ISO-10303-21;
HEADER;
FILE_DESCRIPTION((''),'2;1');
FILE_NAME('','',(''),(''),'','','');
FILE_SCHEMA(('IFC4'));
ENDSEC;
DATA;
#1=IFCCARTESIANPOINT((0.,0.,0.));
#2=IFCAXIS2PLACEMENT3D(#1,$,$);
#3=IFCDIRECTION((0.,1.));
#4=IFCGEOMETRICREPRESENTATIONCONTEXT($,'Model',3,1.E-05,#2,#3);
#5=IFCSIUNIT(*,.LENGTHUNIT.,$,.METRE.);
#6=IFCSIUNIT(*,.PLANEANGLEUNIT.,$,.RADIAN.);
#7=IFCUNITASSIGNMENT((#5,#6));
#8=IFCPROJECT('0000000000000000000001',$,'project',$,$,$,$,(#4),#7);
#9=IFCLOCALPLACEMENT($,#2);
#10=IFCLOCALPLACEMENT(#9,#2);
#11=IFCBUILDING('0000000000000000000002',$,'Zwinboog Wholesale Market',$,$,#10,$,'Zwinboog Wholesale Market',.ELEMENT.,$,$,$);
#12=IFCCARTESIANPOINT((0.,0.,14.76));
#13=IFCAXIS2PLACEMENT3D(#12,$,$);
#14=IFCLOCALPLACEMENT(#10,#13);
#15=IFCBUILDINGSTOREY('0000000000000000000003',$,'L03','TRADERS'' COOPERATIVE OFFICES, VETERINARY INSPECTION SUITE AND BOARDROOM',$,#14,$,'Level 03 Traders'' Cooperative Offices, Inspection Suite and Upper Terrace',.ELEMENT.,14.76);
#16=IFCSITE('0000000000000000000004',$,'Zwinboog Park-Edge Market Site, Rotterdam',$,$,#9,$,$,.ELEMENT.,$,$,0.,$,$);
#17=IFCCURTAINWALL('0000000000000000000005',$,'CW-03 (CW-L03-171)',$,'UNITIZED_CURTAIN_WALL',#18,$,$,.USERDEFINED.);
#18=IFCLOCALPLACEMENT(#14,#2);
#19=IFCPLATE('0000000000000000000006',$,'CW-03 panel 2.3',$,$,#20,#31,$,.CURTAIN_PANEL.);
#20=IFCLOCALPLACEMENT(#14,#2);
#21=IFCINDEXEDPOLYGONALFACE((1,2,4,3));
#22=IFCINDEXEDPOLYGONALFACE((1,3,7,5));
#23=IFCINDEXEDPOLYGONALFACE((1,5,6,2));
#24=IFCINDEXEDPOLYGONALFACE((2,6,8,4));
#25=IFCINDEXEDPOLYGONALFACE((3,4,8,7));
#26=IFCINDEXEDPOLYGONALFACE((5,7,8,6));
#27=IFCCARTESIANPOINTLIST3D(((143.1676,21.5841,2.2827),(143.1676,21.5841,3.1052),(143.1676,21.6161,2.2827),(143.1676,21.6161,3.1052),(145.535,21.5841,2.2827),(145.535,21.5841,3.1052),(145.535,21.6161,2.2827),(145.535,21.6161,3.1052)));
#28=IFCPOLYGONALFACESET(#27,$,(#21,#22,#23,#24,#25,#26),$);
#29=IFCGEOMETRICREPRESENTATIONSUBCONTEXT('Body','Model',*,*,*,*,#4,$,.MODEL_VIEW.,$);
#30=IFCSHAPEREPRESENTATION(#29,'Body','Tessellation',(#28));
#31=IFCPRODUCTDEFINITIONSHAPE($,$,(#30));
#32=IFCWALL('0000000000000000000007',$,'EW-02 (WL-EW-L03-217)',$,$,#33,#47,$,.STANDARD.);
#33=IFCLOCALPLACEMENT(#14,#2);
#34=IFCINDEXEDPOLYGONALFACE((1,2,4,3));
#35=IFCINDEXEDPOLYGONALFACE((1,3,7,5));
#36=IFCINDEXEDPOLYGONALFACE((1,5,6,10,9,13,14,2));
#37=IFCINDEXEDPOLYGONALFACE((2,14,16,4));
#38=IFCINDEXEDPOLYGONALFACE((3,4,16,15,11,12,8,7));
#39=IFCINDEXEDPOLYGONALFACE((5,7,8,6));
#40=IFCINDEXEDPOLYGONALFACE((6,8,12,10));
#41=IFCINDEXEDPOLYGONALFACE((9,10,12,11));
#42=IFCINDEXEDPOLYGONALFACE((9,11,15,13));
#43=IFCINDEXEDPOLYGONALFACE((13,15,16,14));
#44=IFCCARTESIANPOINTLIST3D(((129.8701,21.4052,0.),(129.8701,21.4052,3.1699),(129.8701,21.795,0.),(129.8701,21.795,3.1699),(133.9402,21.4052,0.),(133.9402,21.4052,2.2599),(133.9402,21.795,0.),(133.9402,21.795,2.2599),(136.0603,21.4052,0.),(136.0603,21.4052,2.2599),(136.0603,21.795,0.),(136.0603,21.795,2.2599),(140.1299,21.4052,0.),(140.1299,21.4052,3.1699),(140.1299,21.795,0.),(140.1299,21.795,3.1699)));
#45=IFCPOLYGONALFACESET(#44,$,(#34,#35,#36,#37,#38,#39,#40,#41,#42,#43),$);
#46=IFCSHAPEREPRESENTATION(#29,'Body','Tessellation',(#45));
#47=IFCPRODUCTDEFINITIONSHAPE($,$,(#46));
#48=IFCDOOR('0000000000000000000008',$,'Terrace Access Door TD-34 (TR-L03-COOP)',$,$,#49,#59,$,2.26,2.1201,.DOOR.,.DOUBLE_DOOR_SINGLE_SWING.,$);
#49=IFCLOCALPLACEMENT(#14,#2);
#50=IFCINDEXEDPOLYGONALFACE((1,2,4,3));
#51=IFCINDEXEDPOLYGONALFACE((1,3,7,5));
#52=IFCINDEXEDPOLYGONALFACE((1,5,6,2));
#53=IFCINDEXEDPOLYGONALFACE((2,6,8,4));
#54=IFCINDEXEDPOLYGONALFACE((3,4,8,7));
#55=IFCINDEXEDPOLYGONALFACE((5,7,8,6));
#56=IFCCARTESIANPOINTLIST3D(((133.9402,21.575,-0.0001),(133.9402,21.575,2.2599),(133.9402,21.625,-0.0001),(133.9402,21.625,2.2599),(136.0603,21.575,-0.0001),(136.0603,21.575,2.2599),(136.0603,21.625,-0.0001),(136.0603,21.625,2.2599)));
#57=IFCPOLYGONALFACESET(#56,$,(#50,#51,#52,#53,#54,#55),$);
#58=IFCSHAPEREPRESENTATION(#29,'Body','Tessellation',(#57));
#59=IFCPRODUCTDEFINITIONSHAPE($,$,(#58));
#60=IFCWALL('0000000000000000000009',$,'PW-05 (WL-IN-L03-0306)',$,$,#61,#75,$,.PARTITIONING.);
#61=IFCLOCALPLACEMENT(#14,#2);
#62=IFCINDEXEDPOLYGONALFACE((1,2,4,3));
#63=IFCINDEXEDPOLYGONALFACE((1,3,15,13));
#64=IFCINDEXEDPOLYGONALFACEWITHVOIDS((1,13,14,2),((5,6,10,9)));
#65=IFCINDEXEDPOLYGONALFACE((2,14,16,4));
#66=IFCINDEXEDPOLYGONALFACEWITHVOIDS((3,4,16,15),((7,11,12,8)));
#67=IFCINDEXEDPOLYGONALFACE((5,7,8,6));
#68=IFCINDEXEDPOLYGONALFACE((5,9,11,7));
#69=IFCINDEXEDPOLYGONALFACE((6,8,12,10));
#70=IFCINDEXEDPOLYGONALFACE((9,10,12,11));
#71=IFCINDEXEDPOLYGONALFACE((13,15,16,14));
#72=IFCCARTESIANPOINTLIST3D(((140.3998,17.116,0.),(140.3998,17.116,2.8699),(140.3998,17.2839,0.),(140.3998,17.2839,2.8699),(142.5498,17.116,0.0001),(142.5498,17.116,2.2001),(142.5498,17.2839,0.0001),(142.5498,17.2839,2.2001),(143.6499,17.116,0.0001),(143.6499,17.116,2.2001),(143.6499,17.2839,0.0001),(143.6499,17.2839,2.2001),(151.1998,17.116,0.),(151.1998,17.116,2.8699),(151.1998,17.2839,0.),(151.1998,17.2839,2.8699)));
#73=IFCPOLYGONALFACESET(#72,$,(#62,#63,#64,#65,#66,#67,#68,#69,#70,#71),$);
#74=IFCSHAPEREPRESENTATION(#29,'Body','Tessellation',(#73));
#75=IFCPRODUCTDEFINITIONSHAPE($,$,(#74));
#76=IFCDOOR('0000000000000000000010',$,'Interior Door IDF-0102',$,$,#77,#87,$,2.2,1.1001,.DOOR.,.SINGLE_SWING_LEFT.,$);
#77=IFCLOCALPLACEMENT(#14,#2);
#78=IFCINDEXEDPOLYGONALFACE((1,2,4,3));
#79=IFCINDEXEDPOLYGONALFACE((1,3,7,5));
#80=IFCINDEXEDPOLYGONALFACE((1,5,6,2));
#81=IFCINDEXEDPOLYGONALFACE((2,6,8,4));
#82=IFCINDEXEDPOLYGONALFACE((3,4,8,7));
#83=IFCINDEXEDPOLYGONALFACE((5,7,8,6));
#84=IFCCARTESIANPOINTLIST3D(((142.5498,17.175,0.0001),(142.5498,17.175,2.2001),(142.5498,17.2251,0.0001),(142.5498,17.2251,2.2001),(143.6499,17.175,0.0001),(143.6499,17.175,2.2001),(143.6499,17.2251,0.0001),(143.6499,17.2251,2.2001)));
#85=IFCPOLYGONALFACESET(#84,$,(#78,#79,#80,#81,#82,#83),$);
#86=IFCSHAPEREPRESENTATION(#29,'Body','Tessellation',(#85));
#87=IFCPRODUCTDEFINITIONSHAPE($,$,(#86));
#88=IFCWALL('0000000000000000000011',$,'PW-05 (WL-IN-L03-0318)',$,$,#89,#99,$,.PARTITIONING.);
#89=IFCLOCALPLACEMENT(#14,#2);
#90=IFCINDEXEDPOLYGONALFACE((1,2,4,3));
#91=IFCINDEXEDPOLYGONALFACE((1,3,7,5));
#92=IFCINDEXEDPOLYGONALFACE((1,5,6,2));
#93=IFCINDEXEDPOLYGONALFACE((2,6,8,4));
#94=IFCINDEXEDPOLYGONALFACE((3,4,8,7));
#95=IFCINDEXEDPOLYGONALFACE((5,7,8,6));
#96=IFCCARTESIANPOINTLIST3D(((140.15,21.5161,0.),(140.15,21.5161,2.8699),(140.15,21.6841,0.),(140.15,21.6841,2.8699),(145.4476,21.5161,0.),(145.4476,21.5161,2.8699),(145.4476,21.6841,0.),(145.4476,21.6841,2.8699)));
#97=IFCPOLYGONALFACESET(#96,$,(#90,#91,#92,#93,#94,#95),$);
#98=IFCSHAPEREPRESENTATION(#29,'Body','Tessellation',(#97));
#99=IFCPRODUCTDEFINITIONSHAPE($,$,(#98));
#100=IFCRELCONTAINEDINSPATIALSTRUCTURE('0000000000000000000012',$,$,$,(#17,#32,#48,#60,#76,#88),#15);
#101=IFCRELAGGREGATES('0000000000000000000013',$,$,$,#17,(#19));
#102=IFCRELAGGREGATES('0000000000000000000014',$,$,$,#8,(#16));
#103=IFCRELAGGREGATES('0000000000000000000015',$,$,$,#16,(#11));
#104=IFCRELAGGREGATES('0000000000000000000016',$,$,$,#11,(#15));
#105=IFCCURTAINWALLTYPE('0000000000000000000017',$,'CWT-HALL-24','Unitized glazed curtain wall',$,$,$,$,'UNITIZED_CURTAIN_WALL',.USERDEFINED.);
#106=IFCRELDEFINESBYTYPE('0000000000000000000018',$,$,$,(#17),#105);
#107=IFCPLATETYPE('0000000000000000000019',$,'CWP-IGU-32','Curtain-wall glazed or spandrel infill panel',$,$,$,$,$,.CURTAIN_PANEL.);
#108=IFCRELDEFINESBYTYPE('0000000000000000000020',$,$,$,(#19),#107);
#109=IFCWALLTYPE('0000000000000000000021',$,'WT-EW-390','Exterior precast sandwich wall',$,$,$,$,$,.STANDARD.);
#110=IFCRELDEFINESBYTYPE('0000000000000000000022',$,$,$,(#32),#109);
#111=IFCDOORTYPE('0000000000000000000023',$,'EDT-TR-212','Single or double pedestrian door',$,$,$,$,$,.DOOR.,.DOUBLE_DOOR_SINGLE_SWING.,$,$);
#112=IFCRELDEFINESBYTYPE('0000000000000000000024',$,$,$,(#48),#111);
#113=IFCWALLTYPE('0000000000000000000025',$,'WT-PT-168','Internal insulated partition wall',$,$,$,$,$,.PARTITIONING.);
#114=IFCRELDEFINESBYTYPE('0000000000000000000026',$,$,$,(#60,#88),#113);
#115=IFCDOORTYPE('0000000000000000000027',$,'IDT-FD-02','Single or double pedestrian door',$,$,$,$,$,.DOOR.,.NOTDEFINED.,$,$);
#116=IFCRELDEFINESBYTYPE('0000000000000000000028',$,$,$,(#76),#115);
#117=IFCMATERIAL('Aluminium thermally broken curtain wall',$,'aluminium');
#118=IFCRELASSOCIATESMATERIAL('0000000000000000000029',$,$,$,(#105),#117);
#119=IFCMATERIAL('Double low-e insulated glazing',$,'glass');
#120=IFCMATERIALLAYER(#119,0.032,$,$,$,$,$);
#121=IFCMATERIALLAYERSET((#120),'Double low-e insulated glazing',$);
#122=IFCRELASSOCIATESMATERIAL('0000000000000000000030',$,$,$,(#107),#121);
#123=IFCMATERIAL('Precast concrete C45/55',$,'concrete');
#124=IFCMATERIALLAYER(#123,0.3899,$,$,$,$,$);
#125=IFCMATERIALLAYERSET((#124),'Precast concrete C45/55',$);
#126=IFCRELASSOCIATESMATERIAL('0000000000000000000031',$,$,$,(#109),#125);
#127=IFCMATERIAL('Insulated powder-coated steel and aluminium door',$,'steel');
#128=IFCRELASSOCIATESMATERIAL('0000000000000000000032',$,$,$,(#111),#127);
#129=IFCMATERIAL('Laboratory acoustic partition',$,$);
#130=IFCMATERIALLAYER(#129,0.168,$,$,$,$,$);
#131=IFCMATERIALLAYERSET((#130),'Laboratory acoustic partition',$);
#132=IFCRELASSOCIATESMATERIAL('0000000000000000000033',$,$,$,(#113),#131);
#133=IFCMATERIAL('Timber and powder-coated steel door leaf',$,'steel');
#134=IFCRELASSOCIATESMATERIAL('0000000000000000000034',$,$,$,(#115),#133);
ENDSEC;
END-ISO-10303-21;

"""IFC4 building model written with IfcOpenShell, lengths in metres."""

from ifc_helpers import new_model, si_unit, direction, frame, frame_2d, origin, origin_2d, place, context, subcontext, project, spatial, rectangle, extrude, material, layer, layer_set, type_object, element, fill, aggregate, save


model = new_model("IFC4")

# Units and contexts
model_context = context("Model", 3, precision=1e-05, world=origin(), true_north=direction((0.0, 1.0)))
body_context = subcontext(model_context, "Body", "Model", "MODEL_VIEW")
ifc_project = project(units=[si_unit("LENGTHUNIT", "METRE"), si_unit("PLANEANGLEUNIT", "RADIAN")], contexts=[model_context])

# Site, building, storey
site_placement = place(None, origin())
site = spatial("IfcSite", under=ifc_project, at=site_placement, Name="Zwinboog Park-Edge Market Site, Rotterdam", CompositionType="ELEMENT", RefElevation=0.0)
building_placement = place(site_placement, origin())
building = spatial("IfcBuilding", under=site, at=building_placement, Name="Zwinboog Wholesale Market", LongName="Zwinboog Wholesale Market", CompositionType="ELEMENT")
storey_placement = place(building_placement, frame((0.0, 0.0, 14.76)))
storey = spatial("IfcBuildingStorey", under=building, at=storey_placement, Name="L03", Description="TRADERS' COOPERATIVE OFFICES, VETERINARY INSPECTION SUITE AND BOARDROOM", LongName="Level 03 Traders' Cooperative Offices, Inspection Suite and Upper Terrace", CompositionType="ELEMENT", Elevation=14.76)

# Shared definitions
ifc_material_1 = material(Name="Precast concrete C45/55", Category="concrete")

# Curtain wall, plate
ifc_material_2 = material(Name="Aluminium thermally broken curtain wall", Category="aluminium")
curtain_wall_type = type_object("IfcCurtainWallType", Name="CWT-HALL-24", Description="Unitized glazed curtain wall", ElementType="UNITIZED_CURTAIN_WALL", PredefinedType="USERDEFINED", material=ifc_material_2)
curtain_wall_placement = place(storey_placement, origin())
curtain_wall = element("IfcCurtainWall", 1, at=curtain_wall_placement, inside=storey, type_object=curtain_wall_type, Name="CW-03 (CW-L03-171)", ObjectType="UNITIZED_CURTAIN_WALL", PredefinedType="USERDEFINED")
ifc_material_3 = material(Name="Double low-e insulated glazing", Category="glass")
ifc_layer_1 = layer(ifc_material_3, 0.032)
ifc_layer_set_1 = layer_set([ifc_layer_1], Name="Double low-e insulated glazing")
plate_type = type_object("IfcPlateType", Name="CWP-IGU-32", Description="Curtain-wall glazed or spandrel infill panel", PredefinedType="CURTAIN_PANEL", material=ifc_layer_set_1)
plate_1_placement = place(storey_placement, frame((144.3513, 21.6001, 2.2827), z_axis=(0.0, 0.0, 1.0), x_axis=(1.0, 0.0, 0.0)))
plate_1 = element("IfcPlate", 2, at=plate_1_placement, type_object=plate_type, Name="CW-03 panel 2.3", PredefinedType="CURTAIN_PANEL", context=body_context, shape_type="SweptSolid", body=[
    extrude(rectangle(XDim=2.3674, YDim=0.032, at=origin_2d()), origin(), (0.0, 0.0, 1.0), 0.8225),
])
aggregate(curtain_wall, [plate_1])

# Walls, openings, doors
ifc_layer_2 = layer(ifc_material_1, 0.3899)
ifc_layer_set_2 = layer_set([ifc_layer_2], Name="Precast concrete C45/55")
wall_type_1 = type_object("IfcWallType", Name="WT-EW-390", Description="Exterior precast sandwich wall", PredefinedType="STANDARD", material=ifc_layer_set_2)
wall_1_placement = place(storey_placement, frame((129.8701, 21.6001, 0.0), z_axis=(0.0, 0.0, 1.0), x_axis=(1.0, 0.0, 0.0)))
wall_1 = element("IfcWall", 3, at=wall_1_placement, inside=storey, type_object=wall_type_1, Name="EW-02 (WL-EW-L03-217)", PredefinedType="STANDARD", context=body_context, shape_type="SweptSolid", body=[
    extrude(rectangle(XDim=10.2598, YDim=0.3899, at=frame_2d((5.1299, 0.0))), origin(), (0.0, 0.0, 1.0), 3.1699),
])
opening_1_placement = place(wall_1_placement, frame((4.0701, 0.0, 0.0)))
opening_1 = element("IfcOpeningElement", 4, at=opening_1_placement, cuts=wall_1, PredefinedType="OPENING", context=body_context, shape_type="SweptSolid", body=[
    extrude(rectangle(XDim=2.1201, YDim=2.26, at=frame_2d((1.0601, 1.1299))), frame((0.0, 0.2048, 0.0), z_axis=(0.0, -1.0, 0.0), x_axis=(1.0, 0.0, 0.0)), (0.0, 0.0, 1.0), 0.4099),
])
ifc_material_4 = material(Name="Insulated powder-coated steel and aluminium door", Category="steel")
door_type_1 = type_object("IfcDoorType", Name="EDT-TR-212", Description="Single or double pedestrian door", OperationType="DOUBLE_DOOR_SINGLE_SWING", PredefinedType="DOOR", material=ifc_material_4)
door_1_placement = place(opening_1_placement, origin())
door_1 = element("IfcDoor", 5, at=door_1_placement, inside=storey, type_object=door_type_1, Name="Terrace Access Door TD-34 (TR-L03-COOP)", OperationType="DOUBLE_DOOR_SINGLE_SWING", OverallHeight=2.26, OverallWidth=2.1201, PredefinedType="DOOR", context=body_context, shape_type="SweptSolid", body=[
    extrude(rectangle(XDim=2.1201, YDim=2.26, at=frame_2d((1.0601, 1.1299))), frame((0.0, 0.0249, 0.0), z_axis=(0.0, -1.0, 0.0), x_axis=(1.0, 0.0, 0.0)), (0.0, 0.0, 1.0), 0.05),
])
fill(opening_1, door_1)
ifc_material_5 = material(Name="Laboratory acoustic partition")
ifc_layer_3 = layer(ifc_material_5, 0.168)
ifc_layer_set_3 = layer_set([ifc_layer_3], Name="Laboratory acoustic partition")
wall_type_2 = type_object("IfcWallType", Name="WT-PT-168", Description="Internal insulated partition wall", PredefinedType="PARTITIONING", material=ifc_layer_set_3)
wall_2_placement = place(storey_placement, frame((140.3999, 17.2, 0.0), z_axis=(0.0, 0.0, 1.0), x_axis=(1.0, 0.0, 0.0)))
wall_2 = element("IfcWall", 6, at=wall_2_placement, inside=storey, type_object=wall_type_2, Name="PW-05 (WL-IN-L03-0306)", PredefinedType="PARTITIONING", context=body_context, shape_type="SweptSolid", body=[
    extrude(rectangle(XDim=10.8, YDim=0.168, at=frame_2d((5.3999, 0.0))), origin(), (0.0, 0.0, 1.0), 2.8699),
])
opening_2_placement = place(wall_2_placement, frame((2.1499, 0.0, 0.0)))
opening_2 = element("IfcOpeningElement", 7, at=opening_2_placement, cuts=wall_2, PredefinedType="OPENING", context=body_context, shape_type="SweptSolid", body=[
    extrude(rectangle(XDim=1.1001, YDim=2.2, at=frame_2d((0.55, 1.1001))), frame((0.0, 0.094, 0.0), z_axis=(0.0, -1.0, 0.0), x_axis=(1.0, 0.0, 0.0)), (0.0, 0.0, 1.0), 0.188),
])
ifc_material_6 = material(Name="Timber and powder-coated steel door leaf", Category="steel")
door_type_2 = type_object("IfcDoorType", Name="IDT-FD-02", Description="Single or double pedestrian door", OperationType="NOTDEFINED", PredefinedType="DOOR", material=ifc_material_6)
door_2_placement = place(opening_2_placement, frame((1.1001, 0.0, 0.0), z_axis=(0.0, 0.0, 1.0), x_axis=(-1.0, 0.0, 0.0)))
door_2 = element("IfcDoor", 8, at=door_2_placement, inside=storey, type_object=door_type_2, Name="Interior Door IDF-0102", OperationType="SINGLE_SWING_LEFT", OverallHeight=2.2, OverallWidth=1.1001, PredefinedType="DOOR", context=body_context, shape_type="SweptSolid", body=[
    extrude(rectangle(XDim=1.1001, YDim=2.2, at=frame_2d((0.55, 1.1001))), frame((0.0, 0.0249, 0.0), z_axis=(0.0, -1.0, 0.0), x_axis=(1.0, 0.0, 0.0)), (0.0, 0.0, 1.0), 0.05),
])
fill(opening_2, door_2)

# Wall
wall_3_placement = place(storey_placement, frame((140.1499, 21.6001, 0.0), z_axis=(0.0, 0.0, 1.0), x_axis=(1.0, 0.0, 0.0)))
element("IfcWall", 9, at=wall_3_placement, inside=storey, type_object=wall_type_2, Name="PW-05 (WL-IN-L03-0318)", PredefinedType="PARTITIONING", context=body_context, shape_type="SweptSolid", body=[
    extrude(rectangle(XDim=5.2976, YDim=0.168, at=frame_2d((2.6489, 0.0))), origin(), (0.0, 0.0, 1.0), 2.8699),
])

save(model, "model.ifc")
